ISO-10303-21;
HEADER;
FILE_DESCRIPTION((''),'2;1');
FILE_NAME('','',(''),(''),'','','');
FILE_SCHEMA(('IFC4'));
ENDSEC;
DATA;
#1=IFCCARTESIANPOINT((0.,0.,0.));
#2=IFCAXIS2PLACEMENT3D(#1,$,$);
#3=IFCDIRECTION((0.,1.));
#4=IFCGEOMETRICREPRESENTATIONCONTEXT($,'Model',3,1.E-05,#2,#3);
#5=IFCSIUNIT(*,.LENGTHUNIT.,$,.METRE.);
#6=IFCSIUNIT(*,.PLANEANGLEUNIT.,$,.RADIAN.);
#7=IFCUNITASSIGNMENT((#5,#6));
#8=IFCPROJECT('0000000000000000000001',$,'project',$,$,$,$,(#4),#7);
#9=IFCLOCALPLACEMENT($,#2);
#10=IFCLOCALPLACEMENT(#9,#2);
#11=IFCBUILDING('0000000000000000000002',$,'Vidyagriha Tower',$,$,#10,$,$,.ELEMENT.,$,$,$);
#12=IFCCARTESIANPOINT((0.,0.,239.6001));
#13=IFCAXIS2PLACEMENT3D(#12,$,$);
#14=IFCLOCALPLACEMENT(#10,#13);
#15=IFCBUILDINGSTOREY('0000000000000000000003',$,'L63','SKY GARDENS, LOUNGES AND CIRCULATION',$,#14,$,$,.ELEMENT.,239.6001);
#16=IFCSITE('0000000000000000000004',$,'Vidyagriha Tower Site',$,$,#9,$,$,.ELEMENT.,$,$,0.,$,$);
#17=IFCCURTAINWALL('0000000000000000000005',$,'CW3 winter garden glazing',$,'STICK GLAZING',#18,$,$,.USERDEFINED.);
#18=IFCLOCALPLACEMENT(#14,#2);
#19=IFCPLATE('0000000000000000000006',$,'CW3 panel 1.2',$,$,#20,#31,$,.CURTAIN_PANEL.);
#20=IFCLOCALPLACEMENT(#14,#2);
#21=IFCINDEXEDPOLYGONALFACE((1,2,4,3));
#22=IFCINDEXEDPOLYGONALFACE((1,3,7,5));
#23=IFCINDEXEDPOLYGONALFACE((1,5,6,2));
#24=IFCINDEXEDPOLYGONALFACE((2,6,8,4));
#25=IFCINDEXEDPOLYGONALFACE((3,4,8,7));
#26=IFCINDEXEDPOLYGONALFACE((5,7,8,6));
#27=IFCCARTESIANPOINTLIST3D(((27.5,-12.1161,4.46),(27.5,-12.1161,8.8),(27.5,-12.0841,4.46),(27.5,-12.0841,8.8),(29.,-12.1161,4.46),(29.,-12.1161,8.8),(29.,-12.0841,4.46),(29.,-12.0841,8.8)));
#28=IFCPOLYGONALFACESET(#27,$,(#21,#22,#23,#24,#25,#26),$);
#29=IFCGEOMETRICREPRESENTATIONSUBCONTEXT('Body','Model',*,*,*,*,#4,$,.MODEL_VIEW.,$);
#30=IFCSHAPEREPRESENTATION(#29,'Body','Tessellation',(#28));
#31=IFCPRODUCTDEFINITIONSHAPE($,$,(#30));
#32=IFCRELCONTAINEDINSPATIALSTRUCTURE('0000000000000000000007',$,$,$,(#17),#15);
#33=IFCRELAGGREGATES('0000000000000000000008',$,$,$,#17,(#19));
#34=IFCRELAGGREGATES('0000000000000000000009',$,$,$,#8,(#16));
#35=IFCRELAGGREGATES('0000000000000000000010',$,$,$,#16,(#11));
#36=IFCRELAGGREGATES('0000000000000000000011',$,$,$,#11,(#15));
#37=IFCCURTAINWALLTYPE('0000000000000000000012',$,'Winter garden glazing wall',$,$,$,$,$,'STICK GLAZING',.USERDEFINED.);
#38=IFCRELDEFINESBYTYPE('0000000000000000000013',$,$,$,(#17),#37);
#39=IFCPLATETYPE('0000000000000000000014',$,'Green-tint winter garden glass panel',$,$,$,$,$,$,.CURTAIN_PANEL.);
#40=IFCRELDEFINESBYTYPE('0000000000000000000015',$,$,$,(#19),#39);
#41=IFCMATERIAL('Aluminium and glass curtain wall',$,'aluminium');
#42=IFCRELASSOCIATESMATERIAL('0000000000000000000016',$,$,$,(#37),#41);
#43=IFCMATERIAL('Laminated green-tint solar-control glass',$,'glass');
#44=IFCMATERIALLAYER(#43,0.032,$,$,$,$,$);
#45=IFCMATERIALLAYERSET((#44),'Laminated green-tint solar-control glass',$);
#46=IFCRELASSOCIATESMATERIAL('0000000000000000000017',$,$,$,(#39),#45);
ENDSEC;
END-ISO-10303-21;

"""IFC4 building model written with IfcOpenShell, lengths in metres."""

from ifc_helpers import new_model, si_unit, direction, frame, origin, origin_2d, place, context, subcontext, project, spatial, rectangle, extrude, material, layer, layer_set, type_object, element, aggregate, save


model = new_model("IFC4")

# Units and contexts
model_context = context("Model", 3, precision=1e-05, world=origin(), true_north=direction((0.0, 1.0)))
body_context = subcontext(model_context, "Body", "Model", "MODEL_VIEW")
ifc_project = project(units=[si_unit("LENGTHUNIT", "METRE"), si_unit("PLANEANGLEUNIT", "RADIAN")], contexts=[model_context])

# Site, building, storey
site_placement = place(None, origin())
site = spatial("IfcSite", under=ifc_project, at=site_placement, Name="Vidyagriha Tower Site", CompositionType="ELEMENT", RefElevation=0.0)
building_placement = place(site_placement, origin())
building = spatial("IfcBuilding", under=site, at=building_placement, Name="Vidyagriha Tower", CompositionType="ELEMENT")
storey_placement = place(building_placement, frame((0.0, 0.0, 239.6001)))
storey = spatial("IfcBuildingStorey", under=building, at=storey_placement, Name="L63", Description="SKY GARDENS, LOUNGES AND CIRCULATION", CompositionType="ELEMENT", Elevation=239.6001)

# Shared definitions
ifc_material_1 = material(Name="Aluminium and glass curtain wall", Category="aluminium")
curtain_wall_type = type_object("IfcCurtainWallType", Name="Winter garden glazing wall", ElementType="STICK GLAZING", PredefinedType="USERDEFINED", material=ifc_material_1)

# Curtain wall
curtain_wall_1_placement = place(storey_placement, origin())
curtain_wall_1 = element("IfcCurtainWall", 1, at=curtain_wall_1_placement, inside=storey, type_object=curtain_wall_type, Name="CW3 winter garden glazing", ObjectType="STICK GLAZING", PredefinedType="USERDEFINED")

# Plate
ifc_material_2 = material(Name="Laminated green-tint solar-control glass", Category="glass")
ifc_layer = layer(ifc_material_2, 0.032)
ifc_layer_set = layer_set([ifc_layer], Name="Laminated green-tint solar-control glass")
plate_type = type_object("IfcPlateType", Name="Green-tint winter garden glass panel", PredefinedType="CURTAIN_PANEL", material=ifc_layer_set)
plate_1_placement = place(storey_placement, frame((28.25, -12.1001, 4.46)))
plate_1 = element("IfcPlate", 2, at=plate_1_placement, type_object=plate_type, Name="CW3 panel 1.2", PredefinedType="CURTAIN_PANEL", context=body_context, shape_type="SweptSolid", body=[
    extrude(rectangle(XDim=1.5, YDim=0.032, at=origin_2d()), origin(), (0.0, 0.0, 1.0), 4.3401),
])
aggregate(curtain_wall_1, [plate_1])

save(model, "model.ifc")
